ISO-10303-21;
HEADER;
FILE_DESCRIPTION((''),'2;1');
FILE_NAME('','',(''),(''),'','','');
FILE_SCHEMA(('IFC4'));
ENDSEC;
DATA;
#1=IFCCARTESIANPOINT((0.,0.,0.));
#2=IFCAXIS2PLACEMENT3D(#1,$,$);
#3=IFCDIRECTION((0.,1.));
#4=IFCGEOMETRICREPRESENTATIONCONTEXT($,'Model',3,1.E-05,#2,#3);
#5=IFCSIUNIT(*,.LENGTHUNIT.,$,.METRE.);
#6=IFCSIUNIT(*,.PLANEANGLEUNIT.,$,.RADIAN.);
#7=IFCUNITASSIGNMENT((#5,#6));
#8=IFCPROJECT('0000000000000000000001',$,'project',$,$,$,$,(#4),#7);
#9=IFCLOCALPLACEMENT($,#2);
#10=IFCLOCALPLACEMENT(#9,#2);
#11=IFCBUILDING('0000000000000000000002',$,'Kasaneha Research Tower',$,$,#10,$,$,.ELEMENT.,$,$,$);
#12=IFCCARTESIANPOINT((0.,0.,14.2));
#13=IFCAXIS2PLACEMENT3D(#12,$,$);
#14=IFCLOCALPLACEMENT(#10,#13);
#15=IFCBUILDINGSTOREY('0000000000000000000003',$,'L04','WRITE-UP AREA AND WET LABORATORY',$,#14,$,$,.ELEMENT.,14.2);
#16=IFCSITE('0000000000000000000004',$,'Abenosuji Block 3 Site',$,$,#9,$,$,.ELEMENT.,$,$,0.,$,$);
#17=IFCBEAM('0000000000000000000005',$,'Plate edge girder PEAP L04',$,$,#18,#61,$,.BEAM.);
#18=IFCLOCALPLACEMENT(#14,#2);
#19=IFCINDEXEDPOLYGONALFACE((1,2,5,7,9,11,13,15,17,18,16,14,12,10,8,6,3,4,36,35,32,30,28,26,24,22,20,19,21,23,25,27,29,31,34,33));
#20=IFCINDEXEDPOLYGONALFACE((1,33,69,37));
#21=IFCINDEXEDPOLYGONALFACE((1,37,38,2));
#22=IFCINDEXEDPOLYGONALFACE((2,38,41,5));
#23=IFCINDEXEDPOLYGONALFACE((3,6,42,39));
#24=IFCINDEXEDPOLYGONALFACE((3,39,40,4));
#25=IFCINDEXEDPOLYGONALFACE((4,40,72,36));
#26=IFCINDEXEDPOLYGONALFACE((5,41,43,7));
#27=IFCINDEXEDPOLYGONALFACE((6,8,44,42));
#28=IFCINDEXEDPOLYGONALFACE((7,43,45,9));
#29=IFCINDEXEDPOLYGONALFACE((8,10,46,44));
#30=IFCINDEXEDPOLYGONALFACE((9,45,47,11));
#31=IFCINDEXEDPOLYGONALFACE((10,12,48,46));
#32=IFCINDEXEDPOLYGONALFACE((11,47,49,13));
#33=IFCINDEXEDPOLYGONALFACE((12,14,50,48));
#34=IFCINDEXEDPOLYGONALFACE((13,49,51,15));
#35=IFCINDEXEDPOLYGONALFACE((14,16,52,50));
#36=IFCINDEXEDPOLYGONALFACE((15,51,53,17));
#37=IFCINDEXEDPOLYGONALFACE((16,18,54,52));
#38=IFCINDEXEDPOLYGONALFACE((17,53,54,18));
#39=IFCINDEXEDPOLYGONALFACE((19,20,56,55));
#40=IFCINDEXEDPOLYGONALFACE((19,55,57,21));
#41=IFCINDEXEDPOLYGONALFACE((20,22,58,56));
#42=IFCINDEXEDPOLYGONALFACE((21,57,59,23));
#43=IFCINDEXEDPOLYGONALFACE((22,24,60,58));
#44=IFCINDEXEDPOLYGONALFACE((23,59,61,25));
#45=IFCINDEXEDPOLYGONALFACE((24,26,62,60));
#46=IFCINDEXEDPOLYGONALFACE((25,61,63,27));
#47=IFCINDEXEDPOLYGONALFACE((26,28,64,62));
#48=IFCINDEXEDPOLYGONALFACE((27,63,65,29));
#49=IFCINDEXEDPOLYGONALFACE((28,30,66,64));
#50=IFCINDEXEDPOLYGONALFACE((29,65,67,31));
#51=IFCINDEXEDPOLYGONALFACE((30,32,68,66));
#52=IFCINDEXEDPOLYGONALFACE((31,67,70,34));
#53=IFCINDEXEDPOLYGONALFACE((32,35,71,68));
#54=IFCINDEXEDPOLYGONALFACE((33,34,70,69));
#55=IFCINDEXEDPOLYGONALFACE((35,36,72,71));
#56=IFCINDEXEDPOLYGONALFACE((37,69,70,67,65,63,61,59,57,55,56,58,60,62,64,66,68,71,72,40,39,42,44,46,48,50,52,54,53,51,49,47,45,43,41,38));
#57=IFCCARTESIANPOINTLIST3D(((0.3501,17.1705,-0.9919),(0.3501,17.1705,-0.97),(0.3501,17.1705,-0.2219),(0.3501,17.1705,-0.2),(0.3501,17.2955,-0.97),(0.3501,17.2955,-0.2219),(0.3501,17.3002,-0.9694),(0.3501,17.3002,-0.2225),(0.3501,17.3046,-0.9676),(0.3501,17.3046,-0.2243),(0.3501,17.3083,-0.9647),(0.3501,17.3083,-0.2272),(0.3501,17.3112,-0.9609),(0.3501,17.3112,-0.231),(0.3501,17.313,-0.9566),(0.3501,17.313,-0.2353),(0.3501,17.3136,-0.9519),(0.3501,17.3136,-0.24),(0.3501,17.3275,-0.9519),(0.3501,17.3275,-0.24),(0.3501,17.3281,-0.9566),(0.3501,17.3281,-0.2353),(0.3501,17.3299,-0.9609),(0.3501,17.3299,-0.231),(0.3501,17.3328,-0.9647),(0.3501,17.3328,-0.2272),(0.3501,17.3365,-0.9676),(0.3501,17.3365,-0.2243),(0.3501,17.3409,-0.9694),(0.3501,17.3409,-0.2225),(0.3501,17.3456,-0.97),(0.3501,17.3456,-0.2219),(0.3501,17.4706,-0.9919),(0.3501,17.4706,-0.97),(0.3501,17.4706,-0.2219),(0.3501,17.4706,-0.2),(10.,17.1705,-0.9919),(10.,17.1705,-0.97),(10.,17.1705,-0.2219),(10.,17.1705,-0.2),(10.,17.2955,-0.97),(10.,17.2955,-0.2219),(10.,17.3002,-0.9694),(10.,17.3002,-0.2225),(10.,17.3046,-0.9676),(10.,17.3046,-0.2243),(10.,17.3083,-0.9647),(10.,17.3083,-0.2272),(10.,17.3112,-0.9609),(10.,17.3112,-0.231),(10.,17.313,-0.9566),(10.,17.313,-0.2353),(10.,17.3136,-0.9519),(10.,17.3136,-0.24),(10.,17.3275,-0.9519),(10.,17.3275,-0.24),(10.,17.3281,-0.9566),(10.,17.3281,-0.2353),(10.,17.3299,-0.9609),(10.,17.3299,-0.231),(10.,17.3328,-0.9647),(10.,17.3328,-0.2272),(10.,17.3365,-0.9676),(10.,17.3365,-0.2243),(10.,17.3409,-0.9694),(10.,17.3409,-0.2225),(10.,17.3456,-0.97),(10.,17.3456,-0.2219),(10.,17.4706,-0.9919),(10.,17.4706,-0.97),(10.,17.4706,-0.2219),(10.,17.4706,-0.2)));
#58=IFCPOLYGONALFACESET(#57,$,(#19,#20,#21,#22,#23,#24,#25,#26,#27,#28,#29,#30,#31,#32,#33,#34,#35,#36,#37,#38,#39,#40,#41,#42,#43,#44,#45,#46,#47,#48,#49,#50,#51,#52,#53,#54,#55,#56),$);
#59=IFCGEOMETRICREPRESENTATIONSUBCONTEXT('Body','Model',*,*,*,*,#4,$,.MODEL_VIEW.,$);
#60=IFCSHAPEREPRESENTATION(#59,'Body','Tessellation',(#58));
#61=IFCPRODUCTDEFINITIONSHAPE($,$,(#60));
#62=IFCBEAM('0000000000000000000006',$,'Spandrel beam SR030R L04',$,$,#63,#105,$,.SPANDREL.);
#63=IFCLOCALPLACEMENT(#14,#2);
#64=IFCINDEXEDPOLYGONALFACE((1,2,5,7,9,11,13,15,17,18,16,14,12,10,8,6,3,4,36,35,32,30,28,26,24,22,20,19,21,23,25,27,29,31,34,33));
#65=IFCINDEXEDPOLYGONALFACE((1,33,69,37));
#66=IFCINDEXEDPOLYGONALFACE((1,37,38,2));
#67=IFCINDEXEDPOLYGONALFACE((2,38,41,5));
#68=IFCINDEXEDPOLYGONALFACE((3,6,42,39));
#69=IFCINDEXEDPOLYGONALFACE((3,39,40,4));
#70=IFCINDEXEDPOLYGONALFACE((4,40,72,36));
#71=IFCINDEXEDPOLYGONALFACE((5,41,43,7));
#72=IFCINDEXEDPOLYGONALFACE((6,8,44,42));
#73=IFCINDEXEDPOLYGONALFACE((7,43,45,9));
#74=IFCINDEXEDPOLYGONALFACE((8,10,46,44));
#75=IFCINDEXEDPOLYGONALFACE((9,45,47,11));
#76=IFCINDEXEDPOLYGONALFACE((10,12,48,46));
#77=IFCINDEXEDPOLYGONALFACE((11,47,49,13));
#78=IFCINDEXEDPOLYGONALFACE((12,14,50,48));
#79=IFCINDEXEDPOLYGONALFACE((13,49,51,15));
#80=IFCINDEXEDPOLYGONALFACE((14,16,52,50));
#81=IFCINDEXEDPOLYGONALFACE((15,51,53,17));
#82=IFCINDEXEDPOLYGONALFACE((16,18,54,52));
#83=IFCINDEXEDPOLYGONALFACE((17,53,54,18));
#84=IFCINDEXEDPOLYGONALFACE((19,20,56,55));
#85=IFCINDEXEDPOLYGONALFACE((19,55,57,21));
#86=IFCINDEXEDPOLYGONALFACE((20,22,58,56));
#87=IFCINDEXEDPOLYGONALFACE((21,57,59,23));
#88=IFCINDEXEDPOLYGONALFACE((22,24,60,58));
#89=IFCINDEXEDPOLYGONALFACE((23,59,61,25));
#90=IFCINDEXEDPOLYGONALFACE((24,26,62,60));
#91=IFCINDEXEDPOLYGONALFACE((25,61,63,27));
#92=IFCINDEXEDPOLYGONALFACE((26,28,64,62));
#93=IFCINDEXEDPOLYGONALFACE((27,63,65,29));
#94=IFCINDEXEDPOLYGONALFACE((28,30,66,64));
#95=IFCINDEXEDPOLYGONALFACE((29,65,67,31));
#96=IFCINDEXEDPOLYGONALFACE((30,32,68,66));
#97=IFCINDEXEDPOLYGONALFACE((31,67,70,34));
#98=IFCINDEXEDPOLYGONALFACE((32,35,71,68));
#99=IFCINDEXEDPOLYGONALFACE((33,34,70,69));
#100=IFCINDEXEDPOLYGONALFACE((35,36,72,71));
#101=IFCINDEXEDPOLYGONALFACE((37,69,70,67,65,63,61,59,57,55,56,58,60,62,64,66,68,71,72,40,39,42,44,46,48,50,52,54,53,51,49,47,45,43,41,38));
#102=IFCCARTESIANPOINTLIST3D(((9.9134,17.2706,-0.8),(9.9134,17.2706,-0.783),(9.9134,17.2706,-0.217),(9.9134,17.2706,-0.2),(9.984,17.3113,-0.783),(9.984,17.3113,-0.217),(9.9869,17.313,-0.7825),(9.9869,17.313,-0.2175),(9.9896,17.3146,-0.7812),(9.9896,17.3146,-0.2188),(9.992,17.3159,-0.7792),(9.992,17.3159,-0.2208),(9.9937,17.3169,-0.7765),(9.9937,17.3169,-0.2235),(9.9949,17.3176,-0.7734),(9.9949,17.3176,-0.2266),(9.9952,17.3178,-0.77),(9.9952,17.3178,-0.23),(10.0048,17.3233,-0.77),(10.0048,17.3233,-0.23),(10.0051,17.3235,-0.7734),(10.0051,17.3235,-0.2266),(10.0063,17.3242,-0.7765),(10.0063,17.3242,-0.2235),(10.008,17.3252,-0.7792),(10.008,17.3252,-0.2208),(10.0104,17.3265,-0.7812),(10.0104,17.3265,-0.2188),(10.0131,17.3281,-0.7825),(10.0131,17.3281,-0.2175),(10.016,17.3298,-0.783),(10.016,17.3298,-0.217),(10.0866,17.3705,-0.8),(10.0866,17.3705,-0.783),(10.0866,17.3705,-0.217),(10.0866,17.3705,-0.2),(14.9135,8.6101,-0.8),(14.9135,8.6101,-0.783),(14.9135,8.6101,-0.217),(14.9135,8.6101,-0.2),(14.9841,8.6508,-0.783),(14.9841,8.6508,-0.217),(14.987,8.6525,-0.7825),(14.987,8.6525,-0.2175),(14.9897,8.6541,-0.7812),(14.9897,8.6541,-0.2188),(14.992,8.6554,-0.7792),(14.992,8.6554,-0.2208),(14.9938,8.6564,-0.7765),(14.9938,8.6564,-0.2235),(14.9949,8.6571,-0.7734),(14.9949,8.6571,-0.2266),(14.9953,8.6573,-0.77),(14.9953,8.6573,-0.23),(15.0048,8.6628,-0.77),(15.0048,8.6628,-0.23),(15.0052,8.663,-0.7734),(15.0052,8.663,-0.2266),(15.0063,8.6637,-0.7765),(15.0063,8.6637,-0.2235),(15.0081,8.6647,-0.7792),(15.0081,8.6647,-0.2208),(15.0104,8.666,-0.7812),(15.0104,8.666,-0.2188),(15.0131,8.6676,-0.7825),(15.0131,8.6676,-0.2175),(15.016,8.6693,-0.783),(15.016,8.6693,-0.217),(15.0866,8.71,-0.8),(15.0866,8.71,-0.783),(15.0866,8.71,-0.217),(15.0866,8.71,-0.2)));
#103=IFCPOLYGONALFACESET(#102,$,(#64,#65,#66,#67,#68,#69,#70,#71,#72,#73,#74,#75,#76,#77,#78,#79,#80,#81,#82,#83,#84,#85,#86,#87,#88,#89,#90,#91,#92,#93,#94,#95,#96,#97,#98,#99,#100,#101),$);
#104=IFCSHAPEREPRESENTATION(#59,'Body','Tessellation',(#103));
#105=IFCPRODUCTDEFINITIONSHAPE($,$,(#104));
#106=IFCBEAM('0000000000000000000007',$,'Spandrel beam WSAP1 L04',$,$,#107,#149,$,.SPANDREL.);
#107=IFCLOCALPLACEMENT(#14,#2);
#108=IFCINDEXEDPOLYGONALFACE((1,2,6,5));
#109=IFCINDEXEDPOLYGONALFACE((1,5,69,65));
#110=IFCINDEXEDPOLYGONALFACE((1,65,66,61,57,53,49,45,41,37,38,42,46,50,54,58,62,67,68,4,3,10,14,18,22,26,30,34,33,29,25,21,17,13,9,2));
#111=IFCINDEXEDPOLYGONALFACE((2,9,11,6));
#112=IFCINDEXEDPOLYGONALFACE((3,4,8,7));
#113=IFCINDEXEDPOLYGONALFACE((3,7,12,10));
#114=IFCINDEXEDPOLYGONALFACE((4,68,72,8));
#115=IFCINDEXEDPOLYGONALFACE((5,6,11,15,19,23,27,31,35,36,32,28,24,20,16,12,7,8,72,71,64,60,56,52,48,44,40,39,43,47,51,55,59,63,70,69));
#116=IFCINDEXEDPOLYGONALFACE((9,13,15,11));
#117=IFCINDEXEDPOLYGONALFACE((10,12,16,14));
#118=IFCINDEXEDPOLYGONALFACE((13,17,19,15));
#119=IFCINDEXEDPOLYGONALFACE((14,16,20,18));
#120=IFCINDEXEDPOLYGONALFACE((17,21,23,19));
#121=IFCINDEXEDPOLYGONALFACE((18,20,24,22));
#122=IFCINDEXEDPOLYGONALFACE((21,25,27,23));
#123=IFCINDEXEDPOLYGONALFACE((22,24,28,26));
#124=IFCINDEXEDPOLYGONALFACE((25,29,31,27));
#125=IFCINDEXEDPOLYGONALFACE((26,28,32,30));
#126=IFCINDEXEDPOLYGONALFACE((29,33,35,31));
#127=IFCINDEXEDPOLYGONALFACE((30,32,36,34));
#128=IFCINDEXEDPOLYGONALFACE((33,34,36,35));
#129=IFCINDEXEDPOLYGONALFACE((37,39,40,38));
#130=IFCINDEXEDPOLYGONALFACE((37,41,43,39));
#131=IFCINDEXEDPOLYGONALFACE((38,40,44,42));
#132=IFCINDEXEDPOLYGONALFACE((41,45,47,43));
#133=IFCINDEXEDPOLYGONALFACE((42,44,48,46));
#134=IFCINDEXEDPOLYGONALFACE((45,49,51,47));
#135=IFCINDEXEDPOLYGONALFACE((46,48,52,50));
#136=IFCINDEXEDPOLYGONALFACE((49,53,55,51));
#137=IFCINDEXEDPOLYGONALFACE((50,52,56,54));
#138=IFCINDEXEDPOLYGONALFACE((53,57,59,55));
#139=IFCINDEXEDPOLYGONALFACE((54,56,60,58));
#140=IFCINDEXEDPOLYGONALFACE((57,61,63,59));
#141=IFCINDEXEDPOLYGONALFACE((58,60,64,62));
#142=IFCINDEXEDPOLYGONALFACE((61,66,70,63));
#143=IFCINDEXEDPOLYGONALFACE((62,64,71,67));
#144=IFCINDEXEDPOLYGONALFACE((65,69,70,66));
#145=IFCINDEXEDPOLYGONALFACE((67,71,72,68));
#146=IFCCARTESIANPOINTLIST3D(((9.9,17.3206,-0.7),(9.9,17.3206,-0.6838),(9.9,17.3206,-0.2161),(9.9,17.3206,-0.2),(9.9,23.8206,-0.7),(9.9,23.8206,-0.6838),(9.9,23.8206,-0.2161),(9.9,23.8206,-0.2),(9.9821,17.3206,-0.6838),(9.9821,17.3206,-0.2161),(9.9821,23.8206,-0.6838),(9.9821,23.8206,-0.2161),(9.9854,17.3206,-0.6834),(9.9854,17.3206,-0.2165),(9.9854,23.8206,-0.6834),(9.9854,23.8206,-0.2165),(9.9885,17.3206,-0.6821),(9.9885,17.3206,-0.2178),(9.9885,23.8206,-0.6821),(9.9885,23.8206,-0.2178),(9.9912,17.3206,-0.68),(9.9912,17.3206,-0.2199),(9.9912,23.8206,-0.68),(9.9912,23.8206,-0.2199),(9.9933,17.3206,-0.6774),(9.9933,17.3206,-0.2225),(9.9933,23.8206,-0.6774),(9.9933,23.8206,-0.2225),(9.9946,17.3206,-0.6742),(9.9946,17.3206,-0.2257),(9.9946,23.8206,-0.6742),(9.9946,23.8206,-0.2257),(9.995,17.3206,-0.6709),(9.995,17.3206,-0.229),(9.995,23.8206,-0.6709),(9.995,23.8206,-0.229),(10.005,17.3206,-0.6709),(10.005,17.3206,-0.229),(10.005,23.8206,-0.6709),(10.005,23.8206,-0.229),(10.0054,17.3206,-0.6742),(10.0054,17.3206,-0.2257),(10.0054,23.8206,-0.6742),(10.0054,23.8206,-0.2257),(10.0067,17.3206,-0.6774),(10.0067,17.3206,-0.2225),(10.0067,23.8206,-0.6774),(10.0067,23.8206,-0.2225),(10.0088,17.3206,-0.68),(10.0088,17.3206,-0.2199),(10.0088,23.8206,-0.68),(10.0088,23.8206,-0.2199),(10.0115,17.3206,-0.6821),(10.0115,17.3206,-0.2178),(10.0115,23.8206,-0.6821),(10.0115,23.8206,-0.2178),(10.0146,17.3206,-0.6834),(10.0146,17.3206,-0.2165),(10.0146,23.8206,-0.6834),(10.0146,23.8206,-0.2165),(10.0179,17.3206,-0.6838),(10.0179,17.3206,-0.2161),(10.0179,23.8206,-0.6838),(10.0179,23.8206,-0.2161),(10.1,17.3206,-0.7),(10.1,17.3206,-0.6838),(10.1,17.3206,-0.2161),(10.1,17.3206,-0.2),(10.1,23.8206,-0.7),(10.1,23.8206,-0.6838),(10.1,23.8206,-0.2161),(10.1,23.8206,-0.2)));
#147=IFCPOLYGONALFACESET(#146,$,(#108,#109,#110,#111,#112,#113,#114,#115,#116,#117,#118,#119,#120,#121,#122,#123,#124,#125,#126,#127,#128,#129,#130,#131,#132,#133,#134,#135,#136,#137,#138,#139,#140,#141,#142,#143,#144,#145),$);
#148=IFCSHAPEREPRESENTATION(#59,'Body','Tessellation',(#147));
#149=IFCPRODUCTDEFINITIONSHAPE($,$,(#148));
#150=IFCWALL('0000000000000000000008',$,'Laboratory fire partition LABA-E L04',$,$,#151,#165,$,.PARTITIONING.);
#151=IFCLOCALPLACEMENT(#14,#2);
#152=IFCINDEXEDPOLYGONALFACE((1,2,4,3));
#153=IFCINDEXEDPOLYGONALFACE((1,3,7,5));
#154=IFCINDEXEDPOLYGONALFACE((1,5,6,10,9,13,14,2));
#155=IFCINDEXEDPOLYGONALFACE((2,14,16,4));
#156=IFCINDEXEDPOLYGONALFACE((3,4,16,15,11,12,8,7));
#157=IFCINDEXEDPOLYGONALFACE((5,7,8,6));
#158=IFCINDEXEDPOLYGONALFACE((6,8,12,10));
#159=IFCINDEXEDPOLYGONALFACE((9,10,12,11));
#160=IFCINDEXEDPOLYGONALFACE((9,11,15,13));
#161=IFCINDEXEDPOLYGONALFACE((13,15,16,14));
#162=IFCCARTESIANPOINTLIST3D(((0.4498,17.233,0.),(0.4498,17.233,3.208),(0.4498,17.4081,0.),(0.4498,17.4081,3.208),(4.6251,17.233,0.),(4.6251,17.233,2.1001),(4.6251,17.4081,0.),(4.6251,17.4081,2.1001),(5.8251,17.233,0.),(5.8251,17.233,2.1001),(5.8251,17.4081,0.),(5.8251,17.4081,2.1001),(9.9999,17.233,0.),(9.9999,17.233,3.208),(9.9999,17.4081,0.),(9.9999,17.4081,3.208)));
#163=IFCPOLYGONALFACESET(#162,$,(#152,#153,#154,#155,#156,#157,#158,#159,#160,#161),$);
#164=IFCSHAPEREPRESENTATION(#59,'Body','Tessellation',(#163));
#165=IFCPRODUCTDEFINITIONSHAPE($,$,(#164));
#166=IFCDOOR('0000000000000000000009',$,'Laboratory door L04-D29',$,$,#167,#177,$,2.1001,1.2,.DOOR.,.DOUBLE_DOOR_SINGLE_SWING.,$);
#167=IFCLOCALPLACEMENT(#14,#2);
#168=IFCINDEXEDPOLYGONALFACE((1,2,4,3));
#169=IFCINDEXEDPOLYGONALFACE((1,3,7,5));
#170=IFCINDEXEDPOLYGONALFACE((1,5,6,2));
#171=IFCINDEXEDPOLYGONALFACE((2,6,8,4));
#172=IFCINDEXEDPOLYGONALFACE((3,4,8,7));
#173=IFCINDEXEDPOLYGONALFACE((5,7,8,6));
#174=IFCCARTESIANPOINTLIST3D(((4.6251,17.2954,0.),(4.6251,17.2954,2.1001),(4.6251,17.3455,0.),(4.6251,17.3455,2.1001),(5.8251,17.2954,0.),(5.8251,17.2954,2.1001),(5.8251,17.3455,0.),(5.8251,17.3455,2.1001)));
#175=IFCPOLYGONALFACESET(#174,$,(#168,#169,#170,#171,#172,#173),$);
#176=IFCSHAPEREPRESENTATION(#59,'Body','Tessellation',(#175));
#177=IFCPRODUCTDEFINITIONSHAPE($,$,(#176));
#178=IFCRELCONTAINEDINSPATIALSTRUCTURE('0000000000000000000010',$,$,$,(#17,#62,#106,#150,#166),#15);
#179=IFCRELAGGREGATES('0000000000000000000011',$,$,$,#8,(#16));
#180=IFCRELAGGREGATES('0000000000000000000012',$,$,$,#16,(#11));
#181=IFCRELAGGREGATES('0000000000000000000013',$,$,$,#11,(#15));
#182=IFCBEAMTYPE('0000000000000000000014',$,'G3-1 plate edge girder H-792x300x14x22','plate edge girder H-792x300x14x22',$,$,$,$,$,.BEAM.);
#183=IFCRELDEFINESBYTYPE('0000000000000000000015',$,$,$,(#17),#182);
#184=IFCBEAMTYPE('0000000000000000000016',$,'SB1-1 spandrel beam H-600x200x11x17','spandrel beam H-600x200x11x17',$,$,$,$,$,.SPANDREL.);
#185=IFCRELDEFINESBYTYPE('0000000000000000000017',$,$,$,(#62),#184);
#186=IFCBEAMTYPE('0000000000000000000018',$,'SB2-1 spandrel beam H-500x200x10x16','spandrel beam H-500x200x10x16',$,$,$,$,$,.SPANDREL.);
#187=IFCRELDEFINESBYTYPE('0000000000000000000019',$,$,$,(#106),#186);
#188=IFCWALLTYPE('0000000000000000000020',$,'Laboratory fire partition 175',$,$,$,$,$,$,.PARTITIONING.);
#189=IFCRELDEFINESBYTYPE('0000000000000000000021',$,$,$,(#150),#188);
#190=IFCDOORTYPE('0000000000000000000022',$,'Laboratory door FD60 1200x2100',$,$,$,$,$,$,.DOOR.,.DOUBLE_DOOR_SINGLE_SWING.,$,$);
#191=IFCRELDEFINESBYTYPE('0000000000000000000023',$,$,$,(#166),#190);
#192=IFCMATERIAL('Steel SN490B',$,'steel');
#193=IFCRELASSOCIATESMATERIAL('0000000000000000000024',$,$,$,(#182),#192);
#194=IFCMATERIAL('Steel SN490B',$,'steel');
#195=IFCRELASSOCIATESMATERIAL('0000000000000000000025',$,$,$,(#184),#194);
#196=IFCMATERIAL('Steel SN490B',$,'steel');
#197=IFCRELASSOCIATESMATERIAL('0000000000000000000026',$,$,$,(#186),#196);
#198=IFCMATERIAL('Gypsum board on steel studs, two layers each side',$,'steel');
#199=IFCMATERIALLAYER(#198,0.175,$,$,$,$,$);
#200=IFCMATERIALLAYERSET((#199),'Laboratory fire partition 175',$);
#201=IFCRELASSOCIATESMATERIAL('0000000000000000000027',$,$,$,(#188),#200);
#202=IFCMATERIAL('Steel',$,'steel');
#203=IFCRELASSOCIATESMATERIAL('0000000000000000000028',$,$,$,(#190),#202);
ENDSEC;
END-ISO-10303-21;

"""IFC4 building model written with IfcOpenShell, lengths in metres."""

from ifc_helpers import new_model, si_unit, direction, frame, frame_2d, origin, origin_2d, place, context, subcontext, project, spatial, rectangle, i_section, extrude, material, layer, layer_set, material_profile, profile_set, type_object, element, fill, save


model = new_model("IFC4")

# Units and contexts
model_context = context("Model", 3, precision=1e-05, world=origin(), true_north=direction((0.0, 1.0)))
body_context = subcontext(model_context, "Body", "Model", "MODEL_VIEW")
ifc_project = project(units=[si_unit("LENGTHUNIT", "METRE"), si_unit("PLANEANGLEUNIT", "RADIAN")], contexts=[model_context])

# Site, building, storey
site_placement = place(None, origin())
site = spatial("IfcSite", under=ifc_project, at=site_placement, Name="Abenosuji Block 3 Site", CompositionType="ELEMENT", RefElevation=0.0)
building_placement = place(site_placement, origin())
building = spatial("IfcBuilding", under=site, at=building_placement, Name="Kasaneha Research Tower", CompositionType="ELEMENT")
storey_placement = place(building_placement, frame((0.0, 0.0, 14.2)))
storey = spatial("IfcBuildingStorey", under=building, at=storey_placement, Name="L04", Description="WRITE-UP AREA AND WET LABORATORY", CompositionType="ELEMENT", Elevation=14.2)

# Beams
ifc_material_1 = material(Name="Steel SN490B", Category="steel")
ifc_material_profile_1 = material_profile(ifc_material_1, i_section(OverallWidth=0.3, OverallDepth=0.792, WebThickness=0.0139, FlangeThickness=0.022, FilletRadius=0.0181, at=origin_2d()), Name="H-792x300x14x22")
ifc_profile_set_1 = profile_set([ifc_material_profile_1], Name="Steel SN490B")
beam_type_1 = type_object("IfcBeamType", Name="G3-1 plate edge girder H-792x300x14x22", Description="plate edge girder H-792x300x14x22", PredefinedType="BEAM", material=ifc_profile_set_1)
beam_1_placement = place(storey_placement, frame((10.0, 17.3206, -0.5959), z_axis=(-1.0, 0.0, 0.0), x_axis=(0.0, -1.0, 0.0)))
element("IfcBeam", 1, at=beam_1_placement, inside=storey, type_object=beam_type_1, Name="Plate edge girder PEAP L04", PredefinedType="BEAM", context=body_context, shape_type="SweptSolid", body=[
    extrude(i_section(OverallWidth=0.3, OverallDepth=0.792, WebThickness=0.0139, FlangeThickness=0.022, FilletRadius=0.0181, at=origin_2d()), origin(), (0.0, 0.0, 1.0), 9.6499),
])
ifc_material_2 = material(Name="Steel SN490B", Category="steel")
ifc_material_profile_2 = material_profile(ifc_material_2, i_section(OverallWidth=0.2, OverallDepth=0.6001, WebThickness=0.011, FlangeThickness=0.0171, FilletRadius=0.0129, at=origin_2d()), Name="H-600x200x11x17")
ifc_profile_set_2 = profile_set([ifc_material_profile_2], Name="Steel SN490B")
beam_type_2 = type_object("IfcBeamType", Name="SB1-1 spandrel beam H-600x200x11x17", Description="spandrel beam H-600x200x11x17", PredefinedType="SPANDREL", material=ifc_profile_set_2)
beam_2_placement = place(storey_placement, frame((10.0, 17.3206, -0.5), z_axis=(0.499994, -0.866029, 0.0), x_axis=(0.866029, 0.499994, 0.0)))
element("IfcBeam", 2, at=beam_2_placement, inside=storey, type_object=beam_type_2, Name="Spandrel beam SR030R L04", PredefinedType="SPANDREL", context=body_context, shape_type="SweptSolid", body=[
    extrude(i_section(OverallWidth=0.2, OverallDepth=0.6001, WebThickness=0.011, FlangeThickness=0.0171, FilletRadius=0.0129, at=origin_2d()), origin(), (0.0, 0.0, 1.0), 10.0002),
])
ifc_material_3 = material(Name="Steel SN490B", Category="steel")
ifc_material_profile_3 = material_profile(ifc_material_3, i_section(OverallWidth=0.2, OverallDepth=0.5, WebThickness=0.01, FlangeThickness=0.0161, FilletRadius=0.0129, at=origin_2d()), Name="H-500x200x10x16")
ifc_profile_set_3 = profile_set([ifc_material_profile_3], Name="Steel SN490B")
beam_type_3 = type_object("IfcBeamType", Name="SB2-1 spandrel beam H-500x200x10x16", Description="spandrel beam H-500x200x10x16", PredefinedType="SPANDREL", material=ifc_profile_set_3)
beam_3_placement = place(storey_placement, frame((10.0, 17.3206, -0.45), z_axis=(0.0, 1.0, 0.0), x_axis=(-1.0, 0.0, 0.0)))
element("IfcBeam", 3, at=beam_3_placement, inside=storey, type_object=beam_type_3, Name="Spandrel beam WSAP1 L04", PredefinedType="SPANDREL", context=body_context, shape_type="SweptSolid", body=[
    extrude(i_section(OverallWidth=0.2, OverallDepth=0.5, WebThickness=0.01, FlangeThickness=0.0161, FilletRadius=0.0129, at=origin_2d()), origin(), (0.0, 0.0, 1.0), 6.5),
])

# Wall, opening, door
ifc_material_4 = material(Name="Gypsum board on steel studs, two layers each side", Category="steel")
ifc_layer_1 = layer(ifc_material_4, 0.175)
ifc_layer_set_1 = layer_set([ifc_layer_1], Name="Laboratory fire partition 175")
wall_type_1 = type_object("IfcWallType", Name="Laboratory fire partition 175", PredefinedType="PARTITIONING", material=ifc_layer_set_1)
wall_1_placement = place(storey_placement, frame((0.45, 17.3206, 0.0), z_axis=(0.0, 0.0, 1.0), x_axis=(1.0, 0.0, 0.0)))
wall_1 = element("IfcWall", 4, at=wall_1_placement, inside=storey, type_object=wall_type_1, Name="Laboratory fire partition LABA-E L04", PredefinedType="PARTITIONING", context=body_context, shape_type="SweptSolid", body=[
    extrude(rectangle(XDim=9.55, YDim=0.175, at=frame_2d((4.7749, 0.0))), origin(), (0.0, 0.0, 1.0), 3.208),
])
opening_1_placement = place(wall_1_placement, frame((4.175, 0.0, 0.0)))
opening_1 = element("IfcOpeningElement", 5, at=opening_1_placement, cuts=wall_1, PredefinedType="OPENING", context=body_context, shape_type="SweptSolid", body=[
    extrude(rectangle(XDim=1.2, YDim=2.1001, at=frame_2d((0.6001, 1.05))), frame((0.0, 0.0977, 0.0), z_axis=(0.0, -1.0, 0.0), x_axis=(1.0, 0.0, 0.0)), (0.0, 0.0, 1.0), 0.1951),
])
ifc_material_5 = material(Name="Steel", Category="steel")
door_type_1 = type_object("IfcDoorType", Name="Laboratory door FD60 1200x2100", OperationType="DOUBLE_DOOR_SINGLE_SWING", PredefinedType="DOOR", material=ifc_material_5)
door_1_placement = place(opening_1_placement, origin())
door_1 = element("IfcDoor", 6, at=door_1_placement, inside=storey, type_object=door_type_1, Name="Laboratory door L04-D29", OperationType="DOUBLE_DOOR_SINGLE_SWING", OverallHeight=2.1001, OverallWidth=1.2, PredefinedType="DOOR", context=body_context, shape_type="SweptSolid", body=[
    extrude(rectangle(XDim=1.2, YDim=2.1001, at=frame_2d((0.6001, 1.05))), frame((0.0, 0.0249, 0.0), z_axis=(0.0, -1.0, 0.0), x_axis=(1.0, 0.0, 0.0)), (0.0, 0.0, 1.0), 0.05),
])
fill(opening_1, door_1)

save(model, "model.ifc")
